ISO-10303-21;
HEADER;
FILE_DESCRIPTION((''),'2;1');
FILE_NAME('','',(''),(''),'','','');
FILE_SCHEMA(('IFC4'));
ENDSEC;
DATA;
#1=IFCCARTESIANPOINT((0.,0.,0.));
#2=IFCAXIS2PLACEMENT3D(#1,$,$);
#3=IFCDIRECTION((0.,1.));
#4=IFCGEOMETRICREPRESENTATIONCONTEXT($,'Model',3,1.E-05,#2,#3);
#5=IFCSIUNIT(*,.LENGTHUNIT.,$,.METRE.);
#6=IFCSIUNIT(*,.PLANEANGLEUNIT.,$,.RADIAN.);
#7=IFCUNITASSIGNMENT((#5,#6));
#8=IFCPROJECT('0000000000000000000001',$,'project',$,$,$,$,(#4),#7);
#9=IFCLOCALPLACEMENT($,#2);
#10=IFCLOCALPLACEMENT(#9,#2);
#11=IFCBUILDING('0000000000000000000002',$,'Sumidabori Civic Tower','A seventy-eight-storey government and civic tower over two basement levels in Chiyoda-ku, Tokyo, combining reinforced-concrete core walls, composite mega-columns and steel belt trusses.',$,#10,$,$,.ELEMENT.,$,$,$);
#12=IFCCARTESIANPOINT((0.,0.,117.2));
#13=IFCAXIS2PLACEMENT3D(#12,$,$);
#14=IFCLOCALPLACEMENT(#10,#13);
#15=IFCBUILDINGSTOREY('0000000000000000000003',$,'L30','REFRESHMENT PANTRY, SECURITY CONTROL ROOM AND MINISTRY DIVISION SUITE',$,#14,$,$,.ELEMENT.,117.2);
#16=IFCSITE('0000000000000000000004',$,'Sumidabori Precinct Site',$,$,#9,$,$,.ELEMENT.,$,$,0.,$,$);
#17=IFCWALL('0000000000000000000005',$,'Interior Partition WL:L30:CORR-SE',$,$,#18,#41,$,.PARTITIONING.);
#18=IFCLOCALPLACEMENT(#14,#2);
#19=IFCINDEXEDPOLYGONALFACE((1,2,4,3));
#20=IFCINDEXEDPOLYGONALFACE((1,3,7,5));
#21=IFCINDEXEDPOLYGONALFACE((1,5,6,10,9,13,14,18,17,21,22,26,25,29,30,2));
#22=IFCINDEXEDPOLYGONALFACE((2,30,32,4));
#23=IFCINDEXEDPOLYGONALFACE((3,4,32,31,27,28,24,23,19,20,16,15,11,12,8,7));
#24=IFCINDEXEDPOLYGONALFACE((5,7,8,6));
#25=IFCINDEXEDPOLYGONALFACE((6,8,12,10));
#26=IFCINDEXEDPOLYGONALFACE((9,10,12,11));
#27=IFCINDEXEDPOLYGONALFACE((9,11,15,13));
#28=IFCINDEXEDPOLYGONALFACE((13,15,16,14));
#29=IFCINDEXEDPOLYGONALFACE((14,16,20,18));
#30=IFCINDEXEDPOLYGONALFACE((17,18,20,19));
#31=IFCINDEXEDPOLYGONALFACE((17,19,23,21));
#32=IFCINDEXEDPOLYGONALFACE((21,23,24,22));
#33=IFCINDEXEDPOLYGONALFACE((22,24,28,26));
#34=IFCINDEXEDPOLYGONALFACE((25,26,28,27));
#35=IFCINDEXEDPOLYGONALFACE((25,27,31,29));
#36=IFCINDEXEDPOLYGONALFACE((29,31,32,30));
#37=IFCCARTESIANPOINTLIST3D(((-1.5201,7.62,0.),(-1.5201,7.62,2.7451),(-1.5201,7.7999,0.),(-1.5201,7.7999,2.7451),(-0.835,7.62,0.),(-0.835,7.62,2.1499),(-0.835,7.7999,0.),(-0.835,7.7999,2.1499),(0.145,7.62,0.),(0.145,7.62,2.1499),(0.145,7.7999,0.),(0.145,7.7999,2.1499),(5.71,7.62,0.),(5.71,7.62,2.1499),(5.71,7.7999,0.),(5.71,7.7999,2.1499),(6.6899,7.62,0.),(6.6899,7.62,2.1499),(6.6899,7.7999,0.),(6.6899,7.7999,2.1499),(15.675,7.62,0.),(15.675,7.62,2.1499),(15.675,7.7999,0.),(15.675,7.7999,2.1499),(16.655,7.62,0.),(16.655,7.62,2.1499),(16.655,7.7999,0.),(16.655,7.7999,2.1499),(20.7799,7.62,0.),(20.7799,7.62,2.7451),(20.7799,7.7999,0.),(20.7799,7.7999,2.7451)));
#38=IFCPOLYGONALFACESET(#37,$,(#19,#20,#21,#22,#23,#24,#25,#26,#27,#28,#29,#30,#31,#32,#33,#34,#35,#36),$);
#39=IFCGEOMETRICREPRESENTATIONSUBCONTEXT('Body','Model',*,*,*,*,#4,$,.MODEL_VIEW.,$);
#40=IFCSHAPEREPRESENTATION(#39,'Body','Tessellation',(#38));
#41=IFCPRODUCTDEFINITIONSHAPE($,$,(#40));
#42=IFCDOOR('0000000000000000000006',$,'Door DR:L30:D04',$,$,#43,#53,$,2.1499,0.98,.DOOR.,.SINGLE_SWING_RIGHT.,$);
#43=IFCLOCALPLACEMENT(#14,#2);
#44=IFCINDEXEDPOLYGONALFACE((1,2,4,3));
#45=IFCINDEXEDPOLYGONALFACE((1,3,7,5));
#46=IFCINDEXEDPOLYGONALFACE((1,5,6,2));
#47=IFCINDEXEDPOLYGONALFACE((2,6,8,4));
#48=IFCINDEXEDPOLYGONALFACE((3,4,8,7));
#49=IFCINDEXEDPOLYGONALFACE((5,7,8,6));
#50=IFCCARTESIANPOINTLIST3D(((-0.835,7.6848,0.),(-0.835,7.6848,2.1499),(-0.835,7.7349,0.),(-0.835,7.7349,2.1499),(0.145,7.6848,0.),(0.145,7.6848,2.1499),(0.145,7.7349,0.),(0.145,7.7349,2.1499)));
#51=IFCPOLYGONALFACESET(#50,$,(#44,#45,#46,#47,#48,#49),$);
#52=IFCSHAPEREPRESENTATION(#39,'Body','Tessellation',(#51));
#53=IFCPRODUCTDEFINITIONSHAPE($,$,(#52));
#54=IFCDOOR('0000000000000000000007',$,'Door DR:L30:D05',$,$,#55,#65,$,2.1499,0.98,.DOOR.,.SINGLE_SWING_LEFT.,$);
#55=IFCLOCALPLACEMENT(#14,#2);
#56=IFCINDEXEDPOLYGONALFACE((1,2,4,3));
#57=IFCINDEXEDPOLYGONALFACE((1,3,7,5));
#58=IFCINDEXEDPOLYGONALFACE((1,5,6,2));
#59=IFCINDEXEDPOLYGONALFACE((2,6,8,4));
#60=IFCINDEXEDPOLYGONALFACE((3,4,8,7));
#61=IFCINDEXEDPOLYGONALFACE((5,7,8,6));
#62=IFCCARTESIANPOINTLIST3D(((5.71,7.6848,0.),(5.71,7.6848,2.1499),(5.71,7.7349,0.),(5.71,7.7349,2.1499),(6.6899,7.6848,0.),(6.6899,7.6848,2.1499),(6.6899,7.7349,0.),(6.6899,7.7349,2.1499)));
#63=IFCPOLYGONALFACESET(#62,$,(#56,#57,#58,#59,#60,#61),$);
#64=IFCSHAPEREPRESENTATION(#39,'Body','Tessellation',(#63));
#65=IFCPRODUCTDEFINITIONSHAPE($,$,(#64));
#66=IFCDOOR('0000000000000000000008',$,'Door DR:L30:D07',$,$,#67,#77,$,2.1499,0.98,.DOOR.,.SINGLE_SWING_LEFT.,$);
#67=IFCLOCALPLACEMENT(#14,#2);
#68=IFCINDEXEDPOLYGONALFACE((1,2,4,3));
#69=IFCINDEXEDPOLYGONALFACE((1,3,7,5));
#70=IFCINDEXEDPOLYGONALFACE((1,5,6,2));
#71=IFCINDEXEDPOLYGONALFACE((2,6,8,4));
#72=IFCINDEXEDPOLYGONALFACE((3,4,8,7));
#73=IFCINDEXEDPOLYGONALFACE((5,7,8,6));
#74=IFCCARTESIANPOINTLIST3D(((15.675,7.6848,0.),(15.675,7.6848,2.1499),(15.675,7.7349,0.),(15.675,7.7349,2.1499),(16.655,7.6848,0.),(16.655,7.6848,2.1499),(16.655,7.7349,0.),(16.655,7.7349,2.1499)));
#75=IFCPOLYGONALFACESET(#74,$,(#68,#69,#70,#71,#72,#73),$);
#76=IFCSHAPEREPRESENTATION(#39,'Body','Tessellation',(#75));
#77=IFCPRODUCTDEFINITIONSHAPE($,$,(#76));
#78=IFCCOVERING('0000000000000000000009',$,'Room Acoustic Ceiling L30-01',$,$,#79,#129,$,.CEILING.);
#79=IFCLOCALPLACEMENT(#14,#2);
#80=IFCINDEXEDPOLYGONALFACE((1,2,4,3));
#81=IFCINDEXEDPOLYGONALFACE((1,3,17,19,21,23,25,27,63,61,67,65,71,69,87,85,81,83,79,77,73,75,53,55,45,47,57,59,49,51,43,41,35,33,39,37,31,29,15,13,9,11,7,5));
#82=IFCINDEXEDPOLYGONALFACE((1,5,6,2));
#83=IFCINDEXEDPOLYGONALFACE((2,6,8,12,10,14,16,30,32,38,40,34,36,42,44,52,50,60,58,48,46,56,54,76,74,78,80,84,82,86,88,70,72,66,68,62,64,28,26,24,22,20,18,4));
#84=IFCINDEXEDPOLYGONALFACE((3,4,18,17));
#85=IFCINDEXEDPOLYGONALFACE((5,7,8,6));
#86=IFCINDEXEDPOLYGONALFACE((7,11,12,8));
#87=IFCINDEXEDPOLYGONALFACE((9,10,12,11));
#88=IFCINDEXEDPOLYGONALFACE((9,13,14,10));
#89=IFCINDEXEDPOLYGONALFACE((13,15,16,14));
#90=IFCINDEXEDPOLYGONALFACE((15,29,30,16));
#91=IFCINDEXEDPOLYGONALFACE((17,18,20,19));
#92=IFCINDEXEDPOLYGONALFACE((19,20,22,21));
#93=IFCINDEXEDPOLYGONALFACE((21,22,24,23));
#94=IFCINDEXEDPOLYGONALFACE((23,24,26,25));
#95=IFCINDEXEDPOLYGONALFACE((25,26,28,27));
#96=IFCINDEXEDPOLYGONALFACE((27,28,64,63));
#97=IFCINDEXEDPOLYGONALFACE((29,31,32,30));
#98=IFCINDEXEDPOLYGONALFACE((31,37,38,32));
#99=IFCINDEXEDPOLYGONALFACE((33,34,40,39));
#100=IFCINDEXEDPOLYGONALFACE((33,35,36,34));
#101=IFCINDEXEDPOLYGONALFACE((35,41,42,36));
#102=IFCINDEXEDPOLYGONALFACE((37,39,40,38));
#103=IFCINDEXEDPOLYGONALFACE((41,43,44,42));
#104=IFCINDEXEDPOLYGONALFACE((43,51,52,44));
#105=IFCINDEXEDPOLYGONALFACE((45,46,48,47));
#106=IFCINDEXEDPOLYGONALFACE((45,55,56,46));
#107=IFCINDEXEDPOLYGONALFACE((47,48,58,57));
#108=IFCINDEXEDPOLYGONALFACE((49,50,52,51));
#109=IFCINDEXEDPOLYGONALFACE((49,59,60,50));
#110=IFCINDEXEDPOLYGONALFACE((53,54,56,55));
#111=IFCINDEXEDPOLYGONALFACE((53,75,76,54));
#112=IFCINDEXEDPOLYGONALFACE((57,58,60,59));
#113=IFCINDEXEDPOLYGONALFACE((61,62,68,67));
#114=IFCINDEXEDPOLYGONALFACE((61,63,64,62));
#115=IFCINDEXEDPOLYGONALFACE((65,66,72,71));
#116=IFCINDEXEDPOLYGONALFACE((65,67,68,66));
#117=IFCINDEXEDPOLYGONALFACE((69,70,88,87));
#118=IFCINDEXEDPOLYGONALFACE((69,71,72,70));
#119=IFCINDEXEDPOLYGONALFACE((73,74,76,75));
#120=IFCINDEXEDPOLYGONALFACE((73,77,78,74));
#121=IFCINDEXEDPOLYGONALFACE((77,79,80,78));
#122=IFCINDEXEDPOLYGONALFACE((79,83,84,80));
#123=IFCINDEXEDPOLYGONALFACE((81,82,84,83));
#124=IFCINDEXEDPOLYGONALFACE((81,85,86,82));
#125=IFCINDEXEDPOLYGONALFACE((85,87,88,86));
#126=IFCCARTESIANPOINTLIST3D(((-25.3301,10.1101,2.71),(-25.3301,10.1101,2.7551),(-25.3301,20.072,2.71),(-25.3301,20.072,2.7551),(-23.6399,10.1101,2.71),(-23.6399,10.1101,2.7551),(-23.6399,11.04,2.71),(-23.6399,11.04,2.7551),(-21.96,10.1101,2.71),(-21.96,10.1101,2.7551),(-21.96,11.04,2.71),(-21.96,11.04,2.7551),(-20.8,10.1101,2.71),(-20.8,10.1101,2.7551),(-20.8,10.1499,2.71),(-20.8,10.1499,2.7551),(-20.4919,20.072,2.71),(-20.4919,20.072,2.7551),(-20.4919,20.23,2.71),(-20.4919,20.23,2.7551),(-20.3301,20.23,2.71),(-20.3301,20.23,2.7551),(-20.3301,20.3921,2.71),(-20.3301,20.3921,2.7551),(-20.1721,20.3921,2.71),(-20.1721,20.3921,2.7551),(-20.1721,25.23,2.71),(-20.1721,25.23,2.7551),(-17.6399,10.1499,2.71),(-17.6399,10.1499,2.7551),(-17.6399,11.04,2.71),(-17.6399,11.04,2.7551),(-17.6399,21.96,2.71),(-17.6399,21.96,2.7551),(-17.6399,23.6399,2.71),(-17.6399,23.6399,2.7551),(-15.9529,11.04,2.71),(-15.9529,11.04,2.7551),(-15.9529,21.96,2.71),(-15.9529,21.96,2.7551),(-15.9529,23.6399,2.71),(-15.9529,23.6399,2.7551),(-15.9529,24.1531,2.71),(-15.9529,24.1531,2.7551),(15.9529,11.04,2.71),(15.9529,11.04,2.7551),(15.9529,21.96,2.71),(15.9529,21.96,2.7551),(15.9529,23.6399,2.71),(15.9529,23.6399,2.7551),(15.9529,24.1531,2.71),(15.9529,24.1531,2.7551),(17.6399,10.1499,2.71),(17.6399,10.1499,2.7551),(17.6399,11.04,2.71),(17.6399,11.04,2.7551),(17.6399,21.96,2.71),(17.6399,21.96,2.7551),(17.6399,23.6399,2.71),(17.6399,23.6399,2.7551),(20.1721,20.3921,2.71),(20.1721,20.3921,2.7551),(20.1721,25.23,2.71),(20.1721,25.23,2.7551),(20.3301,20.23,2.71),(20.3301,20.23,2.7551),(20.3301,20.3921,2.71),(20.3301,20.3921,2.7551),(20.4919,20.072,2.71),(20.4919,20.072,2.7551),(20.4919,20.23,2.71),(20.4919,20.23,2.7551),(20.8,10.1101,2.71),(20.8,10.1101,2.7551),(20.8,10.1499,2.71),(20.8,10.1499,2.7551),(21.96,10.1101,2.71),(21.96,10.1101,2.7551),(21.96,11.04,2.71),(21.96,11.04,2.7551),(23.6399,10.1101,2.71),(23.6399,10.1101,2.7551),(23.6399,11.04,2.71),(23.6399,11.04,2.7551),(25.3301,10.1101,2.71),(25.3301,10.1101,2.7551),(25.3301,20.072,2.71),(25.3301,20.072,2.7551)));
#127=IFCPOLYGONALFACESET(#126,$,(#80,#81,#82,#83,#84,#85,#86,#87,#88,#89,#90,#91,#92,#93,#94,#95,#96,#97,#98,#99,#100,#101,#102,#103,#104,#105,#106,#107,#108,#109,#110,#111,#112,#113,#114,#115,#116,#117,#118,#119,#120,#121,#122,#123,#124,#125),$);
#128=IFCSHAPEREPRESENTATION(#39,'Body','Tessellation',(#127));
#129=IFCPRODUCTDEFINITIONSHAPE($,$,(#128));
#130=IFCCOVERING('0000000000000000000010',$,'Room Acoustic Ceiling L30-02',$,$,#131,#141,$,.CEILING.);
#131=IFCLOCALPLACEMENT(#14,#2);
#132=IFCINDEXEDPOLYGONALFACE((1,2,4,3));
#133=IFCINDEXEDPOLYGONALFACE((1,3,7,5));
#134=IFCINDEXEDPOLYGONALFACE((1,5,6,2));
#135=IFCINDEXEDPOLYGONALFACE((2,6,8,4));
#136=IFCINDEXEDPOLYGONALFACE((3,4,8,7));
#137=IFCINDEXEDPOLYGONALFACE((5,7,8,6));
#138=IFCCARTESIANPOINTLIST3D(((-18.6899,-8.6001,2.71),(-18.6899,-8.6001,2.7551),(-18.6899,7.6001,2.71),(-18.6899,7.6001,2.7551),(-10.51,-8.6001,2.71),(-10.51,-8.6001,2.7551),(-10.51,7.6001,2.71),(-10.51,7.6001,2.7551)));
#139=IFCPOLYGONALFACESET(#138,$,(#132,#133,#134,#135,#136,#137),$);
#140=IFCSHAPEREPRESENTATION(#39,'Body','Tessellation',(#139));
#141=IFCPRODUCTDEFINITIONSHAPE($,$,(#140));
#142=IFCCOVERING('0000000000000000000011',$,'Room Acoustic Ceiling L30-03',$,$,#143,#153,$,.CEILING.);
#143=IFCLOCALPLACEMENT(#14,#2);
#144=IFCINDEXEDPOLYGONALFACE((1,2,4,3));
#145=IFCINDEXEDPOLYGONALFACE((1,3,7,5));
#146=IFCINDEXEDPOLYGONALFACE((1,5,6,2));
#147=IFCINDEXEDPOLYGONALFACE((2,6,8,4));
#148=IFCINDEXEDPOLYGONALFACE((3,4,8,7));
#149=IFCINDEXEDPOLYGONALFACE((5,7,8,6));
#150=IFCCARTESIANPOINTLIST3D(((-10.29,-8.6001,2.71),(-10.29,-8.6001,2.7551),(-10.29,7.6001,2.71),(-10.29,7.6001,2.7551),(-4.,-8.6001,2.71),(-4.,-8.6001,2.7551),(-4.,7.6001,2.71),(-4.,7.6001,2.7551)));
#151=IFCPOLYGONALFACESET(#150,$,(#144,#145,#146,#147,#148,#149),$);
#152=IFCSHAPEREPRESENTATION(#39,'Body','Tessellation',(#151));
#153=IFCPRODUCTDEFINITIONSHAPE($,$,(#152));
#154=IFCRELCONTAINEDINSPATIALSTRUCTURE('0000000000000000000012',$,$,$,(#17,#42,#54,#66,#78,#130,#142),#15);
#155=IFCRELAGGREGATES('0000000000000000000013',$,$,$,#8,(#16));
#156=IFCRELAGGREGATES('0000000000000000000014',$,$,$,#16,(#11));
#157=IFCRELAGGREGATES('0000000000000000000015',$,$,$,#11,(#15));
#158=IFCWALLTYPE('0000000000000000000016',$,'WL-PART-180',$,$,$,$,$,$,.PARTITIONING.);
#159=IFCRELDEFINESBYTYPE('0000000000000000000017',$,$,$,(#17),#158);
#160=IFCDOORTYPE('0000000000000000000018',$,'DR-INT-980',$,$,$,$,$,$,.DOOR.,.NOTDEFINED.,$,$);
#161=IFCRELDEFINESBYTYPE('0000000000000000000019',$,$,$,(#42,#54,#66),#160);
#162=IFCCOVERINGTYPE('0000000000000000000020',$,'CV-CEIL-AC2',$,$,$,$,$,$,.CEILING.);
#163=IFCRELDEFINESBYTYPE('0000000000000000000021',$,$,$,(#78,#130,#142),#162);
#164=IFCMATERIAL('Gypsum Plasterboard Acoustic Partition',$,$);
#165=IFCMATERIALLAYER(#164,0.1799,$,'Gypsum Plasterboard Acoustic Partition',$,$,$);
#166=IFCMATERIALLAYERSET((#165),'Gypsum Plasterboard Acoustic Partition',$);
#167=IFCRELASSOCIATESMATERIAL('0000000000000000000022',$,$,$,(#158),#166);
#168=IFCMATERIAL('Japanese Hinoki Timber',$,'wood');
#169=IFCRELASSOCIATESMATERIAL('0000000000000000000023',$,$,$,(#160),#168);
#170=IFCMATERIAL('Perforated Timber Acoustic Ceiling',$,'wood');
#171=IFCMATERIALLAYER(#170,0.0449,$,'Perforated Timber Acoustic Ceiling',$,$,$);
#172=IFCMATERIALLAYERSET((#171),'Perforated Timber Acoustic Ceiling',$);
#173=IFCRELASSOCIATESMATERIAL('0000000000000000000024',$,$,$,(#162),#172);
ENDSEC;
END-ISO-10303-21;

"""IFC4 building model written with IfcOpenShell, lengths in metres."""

from ifc_helpers import new_model, si_unit, direction, frame, frame_2d, origin, place, context, subcontext, project, spatial, polyline, rectangle, outline, extrude, source, transform, mapped, material, layer, layer_set, type_object, element, fill, save


model = new_model("IFC4")

# Units and contexts
model_context = context("Model", 3, precision=1e-05, world=origin(), true_north=direction((0.0, 1.0)))
body_context = subcontext(model_context, "Body", "Model", "MODEL_VIEW")
ifc_project = project(units=[si_unit("LENGTHUNIT", "METRE"), si_unit("PLANEANGLEUNIT", "RADIAN")], contexts=[model_context])

# Site, building, storey
site_placement = place(None, origin())
site = spatial("IfcSite", under=ifc_project, at=site_placement, Name="Sumidabori Precinct Site", CompositionType="ELEMENT", RefElevation=0.0)
building_placement = place(site_placement, origin())
building = spatial("IfcBuilding", under=site, at=building_placement, Name="Sumidabori Civic Tower", Description="A seventy-eight-storey government and civic tower over two basement levels in Chiyoda-ku, Tokyo, combining reinforced-concrete core walls, composite mega-columns and steel belt trusses.", CompositionType="ELEMENT")
storey_placement = place(building_placement, frame((0.0, 0.0, 117.2)))
storey = spatial("IfcBuildingStorey", under=building, at=storey_placement, Name="L30", Description="REFRESHMENT PANTRY, SECURITY CONTROL ROOM AND MINISTRY DIVISION SUITE", CompositionType="ELEMENT", Elevation=117.2)

# Shared definitions
ifc_material_1 = material(Name="Japanese Hinoki Timber", Category="wood")

# Shared definitions
ifc_material_2 = material(Name="Gypsum Plasterboard Acoustic Partition")

# Wall, openings, doors
ifc_layer_1 = layer(ifc_material_2, 0.1799, Name="Gypsum Plasterboard Acoustic Partition")
ifc_layer_set_1 = layer_set([ifc_layer_1], Name="Gypsum Plasterboard Acoustic Partition")
wall_type_1 = type_object("IfcWallType", Name="WL-PART-180", PredefinedType="PARTITIONING", material=ifc_layer_set_1)
shared_shape_1 = source(origin(), body_context, "Body", "SweptSolid", [
    extrude(rectangle(XDim=22.3, YDim=0.1799, at=frame_2d((11.1499, 0.0))), origin(), (0.0, 0.0, 1.0), 2.7451),
])
wall_1_placement = place(storey_placement, frame((-1.52, 7.71, 0.0), z_axis=(0.0, 0.0, 1.0), x_axis=(1.0, 0.0, 0.0)))
wall_1 = element("IfcWall", 1, at=wall_1_placement, inside=storey, type_object=wall_type_1, Name="Interior Partition WL:L30:CORR-SE", PredefinedType="PARTITIONING", context=body_context, shape_type="MappedRepresentation", body=[
    mapped(shared_shape_1, transform((0.0, 0.0, 0.0), x_axis=(1.0, 0.0, 0.0), y_axis=(0.0, 1.0, 0.0), z_axis=(0.0, 0.0, 1.0), scale=1.0)),
])
opening_1_placement = place(wall_1_placement, frame((0.6851, 0.0, 0.0)))
opening_1 = element("IfcOpeningElement", 2, at=opening_1_placement, cuts=wall_1, PredefinedType="OPENING", context=body_context, shape_type="SweptSolid", body=[
    extrude(rectangle(XDim=0.98, YDim=2.1499, at=frame_2d((0.49, 1.075))), frame((0.0, 0.1021, 0.0), z_axis=(0.0, -1.0, 0.0), x_axis=(1.0, 0.0, 0.0)), (0.0, 0.0, 1.0), 0.2039),
])
opening_2_placement = place(wall_1_placement, frame((7.23, 0.0, 0.0)))
opening_2 = element("IfcOpeningElement", 3, at=opening_2_placement, cuts=wall_1, PredefinedType="OPENING", context=body_context, shape_type="SweptSolid", body=[
    extrude(rectangle(XDim=0.98, YDim=2.1499, at=frame_2d((0.49, 1.075))), frame((0.0, 0.1021, 0.0), z_axis=(0.0, -1.0, 0.0), x_axis=(1.0, 0.0, 0.0)), (0.0, 0.0, 1.0), 0.2039),
])
opening_3_placement = place(wall_1_placement, frame((17.1951, 0.0, 0.0)))
opening_3 = element("IfcOpeningElement", 4, at=opening_3_placement, cuts=wall_1, PredefinedType="OPENING", context=body_context, shape_type="SweptSolid", body=[
    extrude(rectangle(XDim=0.98, YDim=2.1499, at=frame_2d((0.49, 1.075))), frame((0.0, 0.1021, 0.0), z_axis=(0.0, -1.0, 0.0), x_axis=(1.0, 0.0, 0.0)), (0.0, 0.0, 1.0), 0.2039),
])
door_type_1 = type_object("IfcDoorType", Name="DR-INT-980", OperationType="NOTDEFINED", PredefinedType="DOOR", material=ifc_material_1)
shared_shape_2 = source(origin(), body_context, "Body", "SweptSolid", [
    extrude(rectangle(XDim=0.98, YDim=2.1499, at=frame_2d((0.49, 1.075))), frame((0.0, 0.0249, 0.0), z_axis=(0.0, -1.0, 0.0), x_axis=(1.0, 0.0, 0.0)), (0.0, 0.0, 1.0), 0.05),
])
door_1_placement = place(opening_1_placement, origin())
door_1 = element("IfcDoor", 5, at=door_1_placement, inside=storey, type_object=door_type_1, Name="Door DR:L30:D04", OperationType="SINGLE_SWING_RIGHT", OverallHeight=2.1499, OverallWidth=0.98, PredefinedType="DOOR", context=body_context, shape_type="MappedRepresentation", body=[
    mapped(shared_shape_2, transform((0.0, 0.0, 0.0), x_axis=(1.0, 0.0, 0.0), y_axis=(0.0, 1.0, 0.0), z_axis=(0.0, 0.0, 1.0), scale=1.0)),
])
fill(opening_1, door_1)
door_2_placement = place(opening_2_placement, origin())
door_2 = element("IfcDoor", 6, at=door_2_placement, inside=storey, type_object=door_type_1, Name="Door DR:L30:D05", OperationType="SINGLE_SWING_LEFT", OverallHeight=2.1499, OverallWidth=0.98, PredefinedType="DOOR", context=body_context, shape_type="MappedRepresentation", body=[
    mapped(shared_shape_2, transform((0.0, 0.0, 0.0), x_axis=(1.0, 0.0, 0.0), y_axis=(0.0, 1.0, 0.0), z_axis=(0.0, 0.0, 1.0), scale=1.0)),
])
fill(opening_2, door_2)
door_3_placement = place(opening_3_placement, origin())
door_3 = element("IfcDoor", 7, at=door_3_placement, inside=storey, type_object=door_type_1, Name="Door DR:L30:D07", OperationType="SINGLE_SWING_LEFT", OverallHeight=2.1499, OverallWidth=0.98, PredefinedType="DOOR", context=body_context, shape_type="MappedRepresentation", body=[
    mapped(shared_shape_2, transform((0.0, 0.0, 0.0), x_axis=(1.0, 0.0, 0.0), y_axis=(0.0, 1.0, 0.0), z_axis=(0.0, 0.0, 1.0), scale=1.0)),
])
fill(opening_3, door_3)

# Coverings
ifc_material_3 = material(Name="Perforated Timber Acoustic Ceiling", Category="wood")
ifc_layer_2 = layer(ifc_material_3, 0.0449, Name="Perforated Timber Acoustic Ceiling")
ifc_layer_set_2 = layer_set([ifc_layer_2], Name="Perforated Timber Acoustic Ceiling")
covering_type_1 = type_object("IfcCoveringType", Name="CV-CEIL-AC2", PredefinedType="CEILING", material=ifc_layer_set_2)
covering_1_placement = place(storey_placement, frame((0.0, 0.0, 2.71)))
element("IfcCovering", 8, at=covering_1_placement, inside=storey, type_object=covering_type_1, Name="Room Acoustic Ceiling L30-01", PredefinedType="CEILING", context=body_context, shape_type="SweptSolid", body=[
    extrude(outline(polyline([(-21.96, 10.1101), (-21.96, 11.04), (-23.6399, 11.04), (-23.6399, 10.1101), (-25.3301, 10.1101), (-25.3301, 20.072), (-20.4919, 20.072), (-20.4919, 20.23), (-20.3301, 20.23), (-20.3301, 20.3921), (-20.1721, 20.3921), (-20.1721, 25.23), (20.1721, 25.23), (20.1721, 20.3921), (20.3301, 20.3921), (20.3301, 20.23), (20.4919, 20.23), (20.4919, 20.072), (25.3301, 20.072), (25.3301, 10.1101), (23.6399, 10.1101), (23.6399, 11.04), (21.96, 11.04), (21.96, 10.1101), (20.8, 10.1101), (20.8, 10.1499), (17.6399, 10.1499), (17.6399, 11.04), (15.9529, 11.04), (15.9529, 21.96), (17.6399, 21.96), (17.6399, 23.6399), (15.9529, 23.6399), (15.9529, 24.1531), (-15.9529, 24.1531), (-15.9529, 23.6399), (-17.6399, 23.6399), (-17.6399, 21.96), (-15.9529, 21.96), (-15.9529, 11.04), (-17.6399, 11.04), (-17.6399, 10.1499), (-20.8, 10.1499), (-20.8, 10.1101), (-21.96, 10.1101)])), origin(), (0.0, 0.0, 1.0), 0.0452),
])
covering_2_placement = place(storey_placement, frame((0.0, 0.0, 2.71)))
element("IfcCovering", 9, at=covering_2_placement, inside=storey, type_object=covering_type_1, Name="Room Acoustic Ceiling L30-02", PredefinedType="CEILING", context=body_context, shape_type="SweptSolid", body=[
    extrude(outline(polyline([(-18.6899, 7.6001), (-10.51, 7.6001), (-10.51, -8.6001), (-18.6899, -8.6001), (-18.6899, 7.6001)])), origin(), (0.0, 0.0, 1.0), 0.0452),
])
covering_3_placement = place(storey_placement, frame((0.0, 0.0, 2.71)))
element("IfcCovering", 10, at=covering_3_placement, inside=storey, type_object=covering_type_1, Name="Room Acoustic Ceiling L30-03", PredefinedType="CEILING", context=body_context, shape_type="SweptSolid", body=[
    extrude(outline(polyline([(-10.29, 7.6001), (-4.0, 7.6001), (-4.0, -8.6001), (-10.29, -8.6001), (-10.29, 7.6001)])), origin(), (0.0, 0.0, 1.0), 0.0452),
])

save(model, "model.ifc")
